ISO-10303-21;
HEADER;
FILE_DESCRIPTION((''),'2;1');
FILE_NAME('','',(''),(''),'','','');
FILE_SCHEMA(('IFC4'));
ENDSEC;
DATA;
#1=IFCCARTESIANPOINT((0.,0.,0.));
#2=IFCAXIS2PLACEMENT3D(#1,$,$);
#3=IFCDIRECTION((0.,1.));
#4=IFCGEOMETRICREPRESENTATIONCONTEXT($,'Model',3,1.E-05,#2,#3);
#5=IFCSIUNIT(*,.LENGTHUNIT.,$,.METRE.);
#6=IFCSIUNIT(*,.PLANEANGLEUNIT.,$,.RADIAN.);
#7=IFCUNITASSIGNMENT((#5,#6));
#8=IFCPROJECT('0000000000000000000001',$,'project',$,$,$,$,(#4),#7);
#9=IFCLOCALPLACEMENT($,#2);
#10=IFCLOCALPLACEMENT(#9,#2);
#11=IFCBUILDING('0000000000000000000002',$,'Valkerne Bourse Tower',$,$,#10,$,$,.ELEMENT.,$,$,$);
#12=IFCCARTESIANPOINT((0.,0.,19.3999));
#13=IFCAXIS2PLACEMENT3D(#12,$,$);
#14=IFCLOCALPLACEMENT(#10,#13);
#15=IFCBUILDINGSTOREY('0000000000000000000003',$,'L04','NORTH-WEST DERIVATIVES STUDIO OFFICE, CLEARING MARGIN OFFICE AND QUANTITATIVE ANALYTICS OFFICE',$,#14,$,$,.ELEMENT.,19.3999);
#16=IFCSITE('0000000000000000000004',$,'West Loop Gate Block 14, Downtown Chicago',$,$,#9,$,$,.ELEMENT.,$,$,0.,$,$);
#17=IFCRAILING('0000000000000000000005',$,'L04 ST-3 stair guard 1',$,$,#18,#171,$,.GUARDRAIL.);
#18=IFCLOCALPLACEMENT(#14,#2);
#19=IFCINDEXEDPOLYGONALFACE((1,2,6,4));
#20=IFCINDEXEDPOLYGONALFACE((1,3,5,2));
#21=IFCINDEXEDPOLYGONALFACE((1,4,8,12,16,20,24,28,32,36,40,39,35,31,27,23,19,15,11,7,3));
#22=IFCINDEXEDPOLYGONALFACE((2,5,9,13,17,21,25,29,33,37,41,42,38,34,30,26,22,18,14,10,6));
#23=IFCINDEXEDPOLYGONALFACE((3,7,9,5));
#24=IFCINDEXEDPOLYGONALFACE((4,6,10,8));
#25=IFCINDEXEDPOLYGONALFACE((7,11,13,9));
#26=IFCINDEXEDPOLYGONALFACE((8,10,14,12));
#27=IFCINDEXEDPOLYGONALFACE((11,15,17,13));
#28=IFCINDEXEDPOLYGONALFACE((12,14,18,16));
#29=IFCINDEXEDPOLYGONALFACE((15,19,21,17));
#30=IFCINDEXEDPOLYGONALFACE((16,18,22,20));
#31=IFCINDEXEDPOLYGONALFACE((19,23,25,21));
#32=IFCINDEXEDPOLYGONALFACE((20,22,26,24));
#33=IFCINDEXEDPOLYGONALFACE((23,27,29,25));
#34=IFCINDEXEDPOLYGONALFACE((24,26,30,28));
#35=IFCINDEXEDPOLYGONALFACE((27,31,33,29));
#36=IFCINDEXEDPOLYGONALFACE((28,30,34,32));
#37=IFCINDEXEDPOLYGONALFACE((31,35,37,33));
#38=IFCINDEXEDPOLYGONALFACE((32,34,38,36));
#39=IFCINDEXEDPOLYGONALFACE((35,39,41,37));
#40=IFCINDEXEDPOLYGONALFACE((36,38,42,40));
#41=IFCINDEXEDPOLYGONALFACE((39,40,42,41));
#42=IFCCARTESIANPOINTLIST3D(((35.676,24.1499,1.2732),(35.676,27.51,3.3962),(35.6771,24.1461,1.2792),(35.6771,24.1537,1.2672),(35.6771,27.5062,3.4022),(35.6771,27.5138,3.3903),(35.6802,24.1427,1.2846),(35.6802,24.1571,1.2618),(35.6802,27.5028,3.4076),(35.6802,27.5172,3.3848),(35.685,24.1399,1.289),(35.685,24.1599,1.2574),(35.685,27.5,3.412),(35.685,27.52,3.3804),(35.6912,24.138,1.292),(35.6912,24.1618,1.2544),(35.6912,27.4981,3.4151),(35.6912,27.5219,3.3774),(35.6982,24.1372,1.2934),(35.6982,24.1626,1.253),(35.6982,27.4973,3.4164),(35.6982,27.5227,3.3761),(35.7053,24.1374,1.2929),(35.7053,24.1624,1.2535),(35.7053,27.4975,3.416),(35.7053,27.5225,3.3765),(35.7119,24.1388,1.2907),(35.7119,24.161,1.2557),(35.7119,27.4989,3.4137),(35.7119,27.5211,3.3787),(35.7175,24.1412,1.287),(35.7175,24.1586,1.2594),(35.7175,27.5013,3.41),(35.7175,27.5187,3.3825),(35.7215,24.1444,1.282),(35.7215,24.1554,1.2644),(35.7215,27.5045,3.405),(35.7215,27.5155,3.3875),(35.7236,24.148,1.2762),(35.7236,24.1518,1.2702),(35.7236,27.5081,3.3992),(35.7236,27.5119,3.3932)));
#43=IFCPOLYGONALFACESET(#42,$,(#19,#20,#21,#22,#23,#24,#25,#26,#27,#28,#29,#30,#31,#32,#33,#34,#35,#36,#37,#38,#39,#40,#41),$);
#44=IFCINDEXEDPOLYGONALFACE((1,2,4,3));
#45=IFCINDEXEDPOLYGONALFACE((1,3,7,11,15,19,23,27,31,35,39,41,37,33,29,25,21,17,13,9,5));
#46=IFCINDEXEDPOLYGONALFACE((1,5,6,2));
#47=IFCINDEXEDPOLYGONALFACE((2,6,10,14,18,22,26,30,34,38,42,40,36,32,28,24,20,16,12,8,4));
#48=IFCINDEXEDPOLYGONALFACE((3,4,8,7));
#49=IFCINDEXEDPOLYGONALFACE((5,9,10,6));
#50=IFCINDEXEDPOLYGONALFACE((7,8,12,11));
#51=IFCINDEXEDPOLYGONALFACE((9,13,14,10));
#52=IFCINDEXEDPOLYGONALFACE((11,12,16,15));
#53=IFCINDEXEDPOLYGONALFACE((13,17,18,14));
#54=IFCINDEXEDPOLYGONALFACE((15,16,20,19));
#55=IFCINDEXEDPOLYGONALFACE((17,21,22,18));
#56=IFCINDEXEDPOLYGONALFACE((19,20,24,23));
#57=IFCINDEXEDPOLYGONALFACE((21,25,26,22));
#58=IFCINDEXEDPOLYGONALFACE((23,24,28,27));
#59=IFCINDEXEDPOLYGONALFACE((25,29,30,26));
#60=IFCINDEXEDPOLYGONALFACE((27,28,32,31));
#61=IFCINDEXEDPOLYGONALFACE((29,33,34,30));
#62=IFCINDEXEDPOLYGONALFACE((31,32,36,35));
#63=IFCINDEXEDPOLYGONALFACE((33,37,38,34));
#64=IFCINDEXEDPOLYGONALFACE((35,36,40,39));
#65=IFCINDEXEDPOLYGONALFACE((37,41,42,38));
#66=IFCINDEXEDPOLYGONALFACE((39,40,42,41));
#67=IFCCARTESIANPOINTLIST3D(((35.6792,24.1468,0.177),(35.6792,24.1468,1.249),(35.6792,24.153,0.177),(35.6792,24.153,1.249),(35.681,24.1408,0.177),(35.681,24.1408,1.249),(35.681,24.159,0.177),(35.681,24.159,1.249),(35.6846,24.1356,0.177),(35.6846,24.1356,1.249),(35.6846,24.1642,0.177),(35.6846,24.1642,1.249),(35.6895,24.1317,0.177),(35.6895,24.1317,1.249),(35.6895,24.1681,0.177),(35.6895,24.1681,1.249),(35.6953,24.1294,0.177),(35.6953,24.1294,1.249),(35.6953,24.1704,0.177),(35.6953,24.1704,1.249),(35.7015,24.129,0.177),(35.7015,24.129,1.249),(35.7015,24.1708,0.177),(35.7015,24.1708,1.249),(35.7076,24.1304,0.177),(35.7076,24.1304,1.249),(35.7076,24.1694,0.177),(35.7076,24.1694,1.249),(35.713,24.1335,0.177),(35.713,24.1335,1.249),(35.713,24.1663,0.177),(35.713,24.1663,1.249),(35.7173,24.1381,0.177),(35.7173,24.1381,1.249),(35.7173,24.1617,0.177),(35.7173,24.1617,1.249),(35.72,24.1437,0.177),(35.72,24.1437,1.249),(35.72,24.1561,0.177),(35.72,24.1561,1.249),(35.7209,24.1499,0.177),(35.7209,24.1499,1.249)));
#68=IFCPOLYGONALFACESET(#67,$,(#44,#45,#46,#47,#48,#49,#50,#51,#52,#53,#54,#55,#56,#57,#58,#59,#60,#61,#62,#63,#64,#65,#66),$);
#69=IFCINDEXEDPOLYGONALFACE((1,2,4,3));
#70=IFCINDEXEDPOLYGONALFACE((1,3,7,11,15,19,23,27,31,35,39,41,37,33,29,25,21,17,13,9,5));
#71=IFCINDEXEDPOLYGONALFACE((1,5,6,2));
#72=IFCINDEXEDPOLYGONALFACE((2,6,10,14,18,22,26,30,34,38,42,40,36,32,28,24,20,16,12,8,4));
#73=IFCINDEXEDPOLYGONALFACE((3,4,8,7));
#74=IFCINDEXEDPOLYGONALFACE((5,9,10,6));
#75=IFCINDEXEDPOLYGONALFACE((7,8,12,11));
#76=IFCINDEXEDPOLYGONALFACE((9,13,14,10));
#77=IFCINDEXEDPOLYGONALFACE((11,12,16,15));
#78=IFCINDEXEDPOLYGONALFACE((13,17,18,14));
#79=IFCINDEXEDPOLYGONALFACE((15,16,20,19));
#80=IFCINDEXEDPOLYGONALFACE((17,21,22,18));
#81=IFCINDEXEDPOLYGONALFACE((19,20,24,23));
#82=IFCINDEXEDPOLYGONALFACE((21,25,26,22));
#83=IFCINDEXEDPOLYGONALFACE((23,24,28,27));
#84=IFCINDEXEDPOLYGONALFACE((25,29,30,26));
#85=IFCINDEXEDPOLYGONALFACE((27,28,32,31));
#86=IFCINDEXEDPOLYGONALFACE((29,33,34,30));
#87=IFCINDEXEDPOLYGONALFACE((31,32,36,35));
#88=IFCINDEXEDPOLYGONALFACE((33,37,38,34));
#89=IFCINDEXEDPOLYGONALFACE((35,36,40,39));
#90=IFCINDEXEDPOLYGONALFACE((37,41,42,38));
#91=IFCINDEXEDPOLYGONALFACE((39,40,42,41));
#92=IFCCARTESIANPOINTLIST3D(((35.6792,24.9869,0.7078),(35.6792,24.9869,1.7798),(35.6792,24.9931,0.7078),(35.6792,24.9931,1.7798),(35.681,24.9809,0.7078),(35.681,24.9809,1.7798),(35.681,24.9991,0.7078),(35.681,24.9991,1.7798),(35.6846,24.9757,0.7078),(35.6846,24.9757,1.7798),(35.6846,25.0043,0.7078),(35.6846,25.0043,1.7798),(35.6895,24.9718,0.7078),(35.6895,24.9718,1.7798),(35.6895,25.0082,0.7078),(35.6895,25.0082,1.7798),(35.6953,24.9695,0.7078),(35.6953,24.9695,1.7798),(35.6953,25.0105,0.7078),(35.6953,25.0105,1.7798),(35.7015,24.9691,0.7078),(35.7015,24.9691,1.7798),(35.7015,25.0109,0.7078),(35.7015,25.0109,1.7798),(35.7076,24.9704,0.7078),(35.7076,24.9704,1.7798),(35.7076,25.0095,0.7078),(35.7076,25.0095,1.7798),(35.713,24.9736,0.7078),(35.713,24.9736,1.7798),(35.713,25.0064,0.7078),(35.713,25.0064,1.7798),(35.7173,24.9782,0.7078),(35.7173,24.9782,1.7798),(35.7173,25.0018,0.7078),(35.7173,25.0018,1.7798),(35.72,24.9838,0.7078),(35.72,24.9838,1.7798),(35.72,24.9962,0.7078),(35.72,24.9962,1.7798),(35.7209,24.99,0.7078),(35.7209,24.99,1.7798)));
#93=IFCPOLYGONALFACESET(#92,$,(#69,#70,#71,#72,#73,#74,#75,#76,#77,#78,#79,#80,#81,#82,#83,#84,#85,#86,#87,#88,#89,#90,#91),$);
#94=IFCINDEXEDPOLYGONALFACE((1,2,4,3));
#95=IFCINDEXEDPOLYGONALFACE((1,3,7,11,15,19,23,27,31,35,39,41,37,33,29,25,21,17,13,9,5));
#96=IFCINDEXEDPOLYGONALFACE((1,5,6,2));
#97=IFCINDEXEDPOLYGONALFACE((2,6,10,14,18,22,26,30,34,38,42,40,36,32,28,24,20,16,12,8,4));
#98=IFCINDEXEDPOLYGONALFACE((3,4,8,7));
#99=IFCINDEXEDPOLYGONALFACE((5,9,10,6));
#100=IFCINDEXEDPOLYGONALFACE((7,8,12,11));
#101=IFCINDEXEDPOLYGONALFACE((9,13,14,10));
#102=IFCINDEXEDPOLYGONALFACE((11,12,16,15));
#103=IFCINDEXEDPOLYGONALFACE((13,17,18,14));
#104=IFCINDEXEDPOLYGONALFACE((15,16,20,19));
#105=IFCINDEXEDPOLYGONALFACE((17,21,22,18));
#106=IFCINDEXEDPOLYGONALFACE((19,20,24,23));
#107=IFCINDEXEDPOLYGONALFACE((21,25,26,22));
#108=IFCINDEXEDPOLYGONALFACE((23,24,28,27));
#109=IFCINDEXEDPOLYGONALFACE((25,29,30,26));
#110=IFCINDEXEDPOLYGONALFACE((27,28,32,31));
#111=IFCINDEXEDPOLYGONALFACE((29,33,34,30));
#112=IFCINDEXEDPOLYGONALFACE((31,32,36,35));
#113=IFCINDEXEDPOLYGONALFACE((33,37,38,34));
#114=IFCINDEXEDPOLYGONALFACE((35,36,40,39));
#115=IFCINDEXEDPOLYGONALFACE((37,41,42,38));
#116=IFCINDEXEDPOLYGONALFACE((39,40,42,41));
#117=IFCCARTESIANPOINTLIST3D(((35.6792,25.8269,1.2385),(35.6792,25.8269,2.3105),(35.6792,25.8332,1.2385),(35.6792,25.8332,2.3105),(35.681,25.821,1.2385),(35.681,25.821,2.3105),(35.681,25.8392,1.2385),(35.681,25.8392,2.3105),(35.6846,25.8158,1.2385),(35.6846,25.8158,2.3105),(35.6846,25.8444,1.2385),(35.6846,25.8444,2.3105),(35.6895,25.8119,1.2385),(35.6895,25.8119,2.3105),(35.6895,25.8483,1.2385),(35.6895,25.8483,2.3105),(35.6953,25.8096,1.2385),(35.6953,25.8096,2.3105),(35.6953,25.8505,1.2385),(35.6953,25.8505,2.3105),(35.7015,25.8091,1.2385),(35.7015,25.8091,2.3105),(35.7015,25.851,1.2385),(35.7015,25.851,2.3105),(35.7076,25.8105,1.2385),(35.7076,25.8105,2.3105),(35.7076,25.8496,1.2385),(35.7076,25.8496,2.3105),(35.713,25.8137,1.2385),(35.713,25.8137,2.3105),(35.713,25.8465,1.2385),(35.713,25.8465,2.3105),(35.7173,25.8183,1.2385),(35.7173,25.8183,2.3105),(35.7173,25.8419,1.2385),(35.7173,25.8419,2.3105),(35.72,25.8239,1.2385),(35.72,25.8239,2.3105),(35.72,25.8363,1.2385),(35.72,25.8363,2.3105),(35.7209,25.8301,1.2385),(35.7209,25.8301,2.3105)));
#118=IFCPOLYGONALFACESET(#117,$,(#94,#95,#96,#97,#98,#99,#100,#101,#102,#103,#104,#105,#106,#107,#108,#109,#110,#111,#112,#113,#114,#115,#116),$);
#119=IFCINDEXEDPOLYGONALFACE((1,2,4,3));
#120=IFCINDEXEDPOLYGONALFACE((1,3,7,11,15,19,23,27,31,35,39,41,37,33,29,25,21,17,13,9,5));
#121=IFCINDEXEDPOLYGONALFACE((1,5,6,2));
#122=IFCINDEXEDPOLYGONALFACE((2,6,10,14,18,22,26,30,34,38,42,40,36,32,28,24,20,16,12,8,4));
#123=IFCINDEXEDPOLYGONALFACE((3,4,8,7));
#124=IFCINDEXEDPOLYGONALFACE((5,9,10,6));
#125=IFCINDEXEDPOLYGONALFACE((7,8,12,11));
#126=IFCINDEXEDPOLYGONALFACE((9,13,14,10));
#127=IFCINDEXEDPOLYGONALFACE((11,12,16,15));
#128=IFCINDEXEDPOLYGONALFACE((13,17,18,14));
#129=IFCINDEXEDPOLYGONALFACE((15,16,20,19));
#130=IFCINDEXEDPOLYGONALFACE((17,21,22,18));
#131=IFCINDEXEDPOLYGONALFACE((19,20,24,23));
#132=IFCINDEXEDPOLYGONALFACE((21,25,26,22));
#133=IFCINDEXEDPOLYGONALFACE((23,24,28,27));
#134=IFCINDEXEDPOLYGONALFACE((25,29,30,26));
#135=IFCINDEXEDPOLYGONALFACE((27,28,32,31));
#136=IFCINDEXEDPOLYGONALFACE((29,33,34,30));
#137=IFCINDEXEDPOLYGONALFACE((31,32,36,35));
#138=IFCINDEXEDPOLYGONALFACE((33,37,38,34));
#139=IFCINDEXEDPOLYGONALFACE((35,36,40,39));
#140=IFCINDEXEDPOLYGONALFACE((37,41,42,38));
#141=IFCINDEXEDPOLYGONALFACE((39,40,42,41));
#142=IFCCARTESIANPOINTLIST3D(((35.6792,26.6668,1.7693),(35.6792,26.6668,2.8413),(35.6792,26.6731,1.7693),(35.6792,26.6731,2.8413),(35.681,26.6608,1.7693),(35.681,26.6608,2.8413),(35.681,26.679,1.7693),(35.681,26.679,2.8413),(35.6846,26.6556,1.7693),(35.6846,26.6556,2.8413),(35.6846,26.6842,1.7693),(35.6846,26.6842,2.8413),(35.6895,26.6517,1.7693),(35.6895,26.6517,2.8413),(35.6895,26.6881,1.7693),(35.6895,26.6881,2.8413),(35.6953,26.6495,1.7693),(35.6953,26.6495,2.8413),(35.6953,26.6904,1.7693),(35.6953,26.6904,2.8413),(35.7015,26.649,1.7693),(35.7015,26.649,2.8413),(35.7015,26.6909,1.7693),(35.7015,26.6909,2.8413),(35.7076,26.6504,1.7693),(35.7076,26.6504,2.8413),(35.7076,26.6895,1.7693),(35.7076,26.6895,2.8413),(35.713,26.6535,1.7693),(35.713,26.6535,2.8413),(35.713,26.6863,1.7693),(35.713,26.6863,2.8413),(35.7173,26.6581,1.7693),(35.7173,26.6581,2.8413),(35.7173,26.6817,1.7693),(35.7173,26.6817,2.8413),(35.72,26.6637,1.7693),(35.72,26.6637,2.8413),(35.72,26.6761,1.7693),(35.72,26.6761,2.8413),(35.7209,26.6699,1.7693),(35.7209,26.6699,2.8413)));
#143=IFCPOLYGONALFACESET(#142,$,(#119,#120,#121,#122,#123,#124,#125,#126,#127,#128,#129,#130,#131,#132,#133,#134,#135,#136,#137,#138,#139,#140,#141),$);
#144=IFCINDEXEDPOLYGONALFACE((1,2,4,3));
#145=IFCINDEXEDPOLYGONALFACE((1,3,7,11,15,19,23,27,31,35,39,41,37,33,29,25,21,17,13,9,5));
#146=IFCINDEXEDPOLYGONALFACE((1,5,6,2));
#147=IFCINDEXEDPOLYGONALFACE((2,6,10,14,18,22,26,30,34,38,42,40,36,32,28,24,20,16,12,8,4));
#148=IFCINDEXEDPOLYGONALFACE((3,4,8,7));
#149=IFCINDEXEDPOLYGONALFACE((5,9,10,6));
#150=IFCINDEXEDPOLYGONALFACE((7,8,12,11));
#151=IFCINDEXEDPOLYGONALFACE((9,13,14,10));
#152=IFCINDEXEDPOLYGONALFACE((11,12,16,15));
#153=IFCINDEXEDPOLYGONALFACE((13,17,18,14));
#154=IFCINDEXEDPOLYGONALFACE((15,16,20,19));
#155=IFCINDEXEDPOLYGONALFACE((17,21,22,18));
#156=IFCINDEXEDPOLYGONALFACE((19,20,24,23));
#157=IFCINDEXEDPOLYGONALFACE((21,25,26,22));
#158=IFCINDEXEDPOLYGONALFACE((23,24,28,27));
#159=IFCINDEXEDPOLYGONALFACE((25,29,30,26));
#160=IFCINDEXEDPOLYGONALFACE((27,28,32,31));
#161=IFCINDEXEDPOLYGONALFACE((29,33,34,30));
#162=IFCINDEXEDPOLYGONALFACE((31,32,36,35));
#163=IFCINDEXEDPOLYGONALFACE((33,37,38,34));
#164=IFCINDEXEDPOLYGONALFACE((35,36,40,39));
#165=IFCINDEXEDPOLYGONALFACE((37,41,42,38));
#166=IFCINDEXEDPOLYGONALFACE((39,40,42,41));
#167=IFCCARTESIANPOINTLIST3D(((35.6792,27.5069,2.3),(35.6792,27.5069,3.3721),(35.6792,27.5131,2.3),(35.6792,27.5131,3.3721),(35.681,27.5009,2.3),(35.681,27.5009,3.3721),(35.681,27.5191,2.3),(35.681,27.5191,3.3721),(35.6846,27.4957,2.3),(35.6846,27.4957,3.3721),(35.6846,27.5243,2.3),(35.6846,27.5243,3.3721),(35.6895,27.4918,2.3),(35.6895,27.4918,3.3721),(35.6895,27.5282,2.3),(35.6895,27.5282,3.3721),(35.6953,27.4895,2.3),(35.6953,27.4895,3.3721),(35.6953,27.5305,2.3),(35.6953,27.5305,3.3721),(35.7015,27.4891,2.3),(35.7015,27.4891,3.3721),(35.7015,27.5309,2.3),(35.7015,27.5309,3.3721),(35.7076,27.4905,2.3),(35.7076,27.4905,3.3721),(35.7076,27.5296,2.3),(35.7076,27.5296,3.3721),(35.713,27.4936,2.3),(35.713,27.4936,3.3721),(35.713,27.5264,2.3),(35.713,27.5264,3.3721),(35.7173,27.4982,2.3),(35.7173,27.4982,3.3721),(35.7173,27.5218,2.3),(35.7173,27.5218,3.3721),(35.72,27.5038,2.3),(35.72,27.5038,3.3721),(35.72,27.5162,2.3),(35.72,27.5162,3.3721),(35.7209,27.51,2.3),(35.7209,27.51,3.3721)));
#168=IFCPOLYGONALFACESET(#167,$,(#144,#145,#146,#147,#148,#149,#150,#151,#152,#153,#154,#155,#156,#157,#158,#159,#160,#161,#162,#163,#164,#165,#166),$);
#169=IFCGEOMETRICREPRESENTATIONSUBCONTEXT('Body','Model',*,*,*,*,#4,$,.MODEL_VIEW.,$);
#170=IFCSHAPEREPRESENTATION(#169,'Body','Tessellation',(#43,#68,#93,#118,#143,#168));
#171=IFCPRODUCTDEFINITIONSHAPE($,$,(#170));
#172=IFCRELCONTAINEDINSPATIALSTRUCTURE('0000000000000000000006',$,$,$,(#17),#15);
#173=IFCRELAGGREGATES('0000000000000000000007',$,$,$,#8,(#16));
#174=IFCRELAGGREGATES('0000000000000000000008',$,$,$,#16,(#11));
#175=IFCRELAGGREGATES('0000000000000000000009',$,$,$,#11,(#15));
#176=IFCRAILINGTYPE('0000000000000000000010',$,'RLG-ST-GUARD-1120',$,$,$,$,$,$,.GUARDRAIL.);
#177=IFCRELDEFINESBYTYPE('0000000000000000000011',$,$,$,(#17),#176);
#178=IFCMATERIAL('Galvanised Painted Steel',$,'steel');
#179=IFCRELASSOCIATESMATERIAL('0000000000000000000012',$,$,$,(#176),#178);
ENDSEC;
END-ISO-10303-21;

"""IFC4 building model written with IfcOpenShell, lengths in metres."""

from ifc_helpers import new_model, si_unit, direction, frame, origin, origin_2d, place, context, subcontext, project, spatial, circle, extrude, material, type_object, element, save


model = new_model("IFC4")

# Units and contexts
model_context = context("Model", 3, precision=1e-05, world=origin(), true_north=direction((0.0, 1.0)))
body_context = subcontext(model_context, "Body", "Model", "MODEL_VIEW")
ifc_project = project(units=[si_unit("LENGTHUNIT", "METRE"), si_unit("PLANEANGLEUNIT", "RADIAN")], contexts=[model_context])

# Site, building, storey
site_placement = place(None, origin())
site = spatial("IfcSite", under=ifc_project, at=site_placement, Name="West Loop Gate Block 14, Downtown Chicago", CompositionType="ELEMENT", RefElevation=0.0)
building_placement = place(site_placement, origin())
building = spatial("IfcBuilding", under=site, at=building_placement, Name="Valkerne Bourse Tower", CompositionType="ELEMENT")
storey_placement = place(building_placement, frame((0.0, 0.0, 19.3999)))
storey = spatial("IfcBuildingStorey", under=building, at=storey_placement, Name="L04", Description="NORTH-WEST DERIVATIVES STUDIO OFFICE, CLEARING MARGIN OFFICE AND QUANTITATIVE ANALYTICS OFFICE", CompositionType="ELEMENT", Elevation=19.3999)

# Shared definitions
ifc_material_1 = material(Name="Galvanised Painted Steel", Category="steel")

# Railing
railing_type_1 = type_object("IfcRailingType", Name="RLG-ST-GUARD-1120", PredefinedType="GUARDRAIL", material=ifc_material_1)
railing_1_placement = place(storey_placement, frame((35.7, 24.1499, 0.177)))
element("IfcRailing", 1, at=railing_1_placement, inside=storey, type_object=railing_type_1, Name="L04 ST-3 stair guard 1", PredefinedType="GUARDRAIL", context=body_context, shape_type="SweptSolid", body=[
    extrude(circle(Radius=0.0239, at=origin_2d()), frame((0.0, 0.0, 1.0962), z_axis=(0.0, 0.84539, 0.53415), x_axis=(-1.0, 0.0, 0.0)), (0.0, 0.0, 1.0), 3.9746),
    extrude(circle(Radius=0.021, at=origin_2d()), origin(), (0.0, 0.0, 1.0), 1.072),
    extrude(circle(Radius=0.021, at=origin_2d()), frame((0.0, 0.8401, 0.5308)), (0.0, 0.0, 1.0), 1.072),
    extrude(circle(Radius=0.021, at=origin_2d()), frame((0.0, 1.6802, 1.0615)), (0.0, 0.0, 1.0), 1.072),
    extrude(circle(Radius=0.021, at=origin_2d()), frame((0.0, 2.52, 1.5923)), (0.0, 0.0, 1.0), 1.072),
    extrude(circle(Radius=0.021, at=origin_2d()), frame((0.0, 3.3601, 2.123)), (0.0, 0.0, 1.0), 1.072),
])

save(model, "model.ifc")
